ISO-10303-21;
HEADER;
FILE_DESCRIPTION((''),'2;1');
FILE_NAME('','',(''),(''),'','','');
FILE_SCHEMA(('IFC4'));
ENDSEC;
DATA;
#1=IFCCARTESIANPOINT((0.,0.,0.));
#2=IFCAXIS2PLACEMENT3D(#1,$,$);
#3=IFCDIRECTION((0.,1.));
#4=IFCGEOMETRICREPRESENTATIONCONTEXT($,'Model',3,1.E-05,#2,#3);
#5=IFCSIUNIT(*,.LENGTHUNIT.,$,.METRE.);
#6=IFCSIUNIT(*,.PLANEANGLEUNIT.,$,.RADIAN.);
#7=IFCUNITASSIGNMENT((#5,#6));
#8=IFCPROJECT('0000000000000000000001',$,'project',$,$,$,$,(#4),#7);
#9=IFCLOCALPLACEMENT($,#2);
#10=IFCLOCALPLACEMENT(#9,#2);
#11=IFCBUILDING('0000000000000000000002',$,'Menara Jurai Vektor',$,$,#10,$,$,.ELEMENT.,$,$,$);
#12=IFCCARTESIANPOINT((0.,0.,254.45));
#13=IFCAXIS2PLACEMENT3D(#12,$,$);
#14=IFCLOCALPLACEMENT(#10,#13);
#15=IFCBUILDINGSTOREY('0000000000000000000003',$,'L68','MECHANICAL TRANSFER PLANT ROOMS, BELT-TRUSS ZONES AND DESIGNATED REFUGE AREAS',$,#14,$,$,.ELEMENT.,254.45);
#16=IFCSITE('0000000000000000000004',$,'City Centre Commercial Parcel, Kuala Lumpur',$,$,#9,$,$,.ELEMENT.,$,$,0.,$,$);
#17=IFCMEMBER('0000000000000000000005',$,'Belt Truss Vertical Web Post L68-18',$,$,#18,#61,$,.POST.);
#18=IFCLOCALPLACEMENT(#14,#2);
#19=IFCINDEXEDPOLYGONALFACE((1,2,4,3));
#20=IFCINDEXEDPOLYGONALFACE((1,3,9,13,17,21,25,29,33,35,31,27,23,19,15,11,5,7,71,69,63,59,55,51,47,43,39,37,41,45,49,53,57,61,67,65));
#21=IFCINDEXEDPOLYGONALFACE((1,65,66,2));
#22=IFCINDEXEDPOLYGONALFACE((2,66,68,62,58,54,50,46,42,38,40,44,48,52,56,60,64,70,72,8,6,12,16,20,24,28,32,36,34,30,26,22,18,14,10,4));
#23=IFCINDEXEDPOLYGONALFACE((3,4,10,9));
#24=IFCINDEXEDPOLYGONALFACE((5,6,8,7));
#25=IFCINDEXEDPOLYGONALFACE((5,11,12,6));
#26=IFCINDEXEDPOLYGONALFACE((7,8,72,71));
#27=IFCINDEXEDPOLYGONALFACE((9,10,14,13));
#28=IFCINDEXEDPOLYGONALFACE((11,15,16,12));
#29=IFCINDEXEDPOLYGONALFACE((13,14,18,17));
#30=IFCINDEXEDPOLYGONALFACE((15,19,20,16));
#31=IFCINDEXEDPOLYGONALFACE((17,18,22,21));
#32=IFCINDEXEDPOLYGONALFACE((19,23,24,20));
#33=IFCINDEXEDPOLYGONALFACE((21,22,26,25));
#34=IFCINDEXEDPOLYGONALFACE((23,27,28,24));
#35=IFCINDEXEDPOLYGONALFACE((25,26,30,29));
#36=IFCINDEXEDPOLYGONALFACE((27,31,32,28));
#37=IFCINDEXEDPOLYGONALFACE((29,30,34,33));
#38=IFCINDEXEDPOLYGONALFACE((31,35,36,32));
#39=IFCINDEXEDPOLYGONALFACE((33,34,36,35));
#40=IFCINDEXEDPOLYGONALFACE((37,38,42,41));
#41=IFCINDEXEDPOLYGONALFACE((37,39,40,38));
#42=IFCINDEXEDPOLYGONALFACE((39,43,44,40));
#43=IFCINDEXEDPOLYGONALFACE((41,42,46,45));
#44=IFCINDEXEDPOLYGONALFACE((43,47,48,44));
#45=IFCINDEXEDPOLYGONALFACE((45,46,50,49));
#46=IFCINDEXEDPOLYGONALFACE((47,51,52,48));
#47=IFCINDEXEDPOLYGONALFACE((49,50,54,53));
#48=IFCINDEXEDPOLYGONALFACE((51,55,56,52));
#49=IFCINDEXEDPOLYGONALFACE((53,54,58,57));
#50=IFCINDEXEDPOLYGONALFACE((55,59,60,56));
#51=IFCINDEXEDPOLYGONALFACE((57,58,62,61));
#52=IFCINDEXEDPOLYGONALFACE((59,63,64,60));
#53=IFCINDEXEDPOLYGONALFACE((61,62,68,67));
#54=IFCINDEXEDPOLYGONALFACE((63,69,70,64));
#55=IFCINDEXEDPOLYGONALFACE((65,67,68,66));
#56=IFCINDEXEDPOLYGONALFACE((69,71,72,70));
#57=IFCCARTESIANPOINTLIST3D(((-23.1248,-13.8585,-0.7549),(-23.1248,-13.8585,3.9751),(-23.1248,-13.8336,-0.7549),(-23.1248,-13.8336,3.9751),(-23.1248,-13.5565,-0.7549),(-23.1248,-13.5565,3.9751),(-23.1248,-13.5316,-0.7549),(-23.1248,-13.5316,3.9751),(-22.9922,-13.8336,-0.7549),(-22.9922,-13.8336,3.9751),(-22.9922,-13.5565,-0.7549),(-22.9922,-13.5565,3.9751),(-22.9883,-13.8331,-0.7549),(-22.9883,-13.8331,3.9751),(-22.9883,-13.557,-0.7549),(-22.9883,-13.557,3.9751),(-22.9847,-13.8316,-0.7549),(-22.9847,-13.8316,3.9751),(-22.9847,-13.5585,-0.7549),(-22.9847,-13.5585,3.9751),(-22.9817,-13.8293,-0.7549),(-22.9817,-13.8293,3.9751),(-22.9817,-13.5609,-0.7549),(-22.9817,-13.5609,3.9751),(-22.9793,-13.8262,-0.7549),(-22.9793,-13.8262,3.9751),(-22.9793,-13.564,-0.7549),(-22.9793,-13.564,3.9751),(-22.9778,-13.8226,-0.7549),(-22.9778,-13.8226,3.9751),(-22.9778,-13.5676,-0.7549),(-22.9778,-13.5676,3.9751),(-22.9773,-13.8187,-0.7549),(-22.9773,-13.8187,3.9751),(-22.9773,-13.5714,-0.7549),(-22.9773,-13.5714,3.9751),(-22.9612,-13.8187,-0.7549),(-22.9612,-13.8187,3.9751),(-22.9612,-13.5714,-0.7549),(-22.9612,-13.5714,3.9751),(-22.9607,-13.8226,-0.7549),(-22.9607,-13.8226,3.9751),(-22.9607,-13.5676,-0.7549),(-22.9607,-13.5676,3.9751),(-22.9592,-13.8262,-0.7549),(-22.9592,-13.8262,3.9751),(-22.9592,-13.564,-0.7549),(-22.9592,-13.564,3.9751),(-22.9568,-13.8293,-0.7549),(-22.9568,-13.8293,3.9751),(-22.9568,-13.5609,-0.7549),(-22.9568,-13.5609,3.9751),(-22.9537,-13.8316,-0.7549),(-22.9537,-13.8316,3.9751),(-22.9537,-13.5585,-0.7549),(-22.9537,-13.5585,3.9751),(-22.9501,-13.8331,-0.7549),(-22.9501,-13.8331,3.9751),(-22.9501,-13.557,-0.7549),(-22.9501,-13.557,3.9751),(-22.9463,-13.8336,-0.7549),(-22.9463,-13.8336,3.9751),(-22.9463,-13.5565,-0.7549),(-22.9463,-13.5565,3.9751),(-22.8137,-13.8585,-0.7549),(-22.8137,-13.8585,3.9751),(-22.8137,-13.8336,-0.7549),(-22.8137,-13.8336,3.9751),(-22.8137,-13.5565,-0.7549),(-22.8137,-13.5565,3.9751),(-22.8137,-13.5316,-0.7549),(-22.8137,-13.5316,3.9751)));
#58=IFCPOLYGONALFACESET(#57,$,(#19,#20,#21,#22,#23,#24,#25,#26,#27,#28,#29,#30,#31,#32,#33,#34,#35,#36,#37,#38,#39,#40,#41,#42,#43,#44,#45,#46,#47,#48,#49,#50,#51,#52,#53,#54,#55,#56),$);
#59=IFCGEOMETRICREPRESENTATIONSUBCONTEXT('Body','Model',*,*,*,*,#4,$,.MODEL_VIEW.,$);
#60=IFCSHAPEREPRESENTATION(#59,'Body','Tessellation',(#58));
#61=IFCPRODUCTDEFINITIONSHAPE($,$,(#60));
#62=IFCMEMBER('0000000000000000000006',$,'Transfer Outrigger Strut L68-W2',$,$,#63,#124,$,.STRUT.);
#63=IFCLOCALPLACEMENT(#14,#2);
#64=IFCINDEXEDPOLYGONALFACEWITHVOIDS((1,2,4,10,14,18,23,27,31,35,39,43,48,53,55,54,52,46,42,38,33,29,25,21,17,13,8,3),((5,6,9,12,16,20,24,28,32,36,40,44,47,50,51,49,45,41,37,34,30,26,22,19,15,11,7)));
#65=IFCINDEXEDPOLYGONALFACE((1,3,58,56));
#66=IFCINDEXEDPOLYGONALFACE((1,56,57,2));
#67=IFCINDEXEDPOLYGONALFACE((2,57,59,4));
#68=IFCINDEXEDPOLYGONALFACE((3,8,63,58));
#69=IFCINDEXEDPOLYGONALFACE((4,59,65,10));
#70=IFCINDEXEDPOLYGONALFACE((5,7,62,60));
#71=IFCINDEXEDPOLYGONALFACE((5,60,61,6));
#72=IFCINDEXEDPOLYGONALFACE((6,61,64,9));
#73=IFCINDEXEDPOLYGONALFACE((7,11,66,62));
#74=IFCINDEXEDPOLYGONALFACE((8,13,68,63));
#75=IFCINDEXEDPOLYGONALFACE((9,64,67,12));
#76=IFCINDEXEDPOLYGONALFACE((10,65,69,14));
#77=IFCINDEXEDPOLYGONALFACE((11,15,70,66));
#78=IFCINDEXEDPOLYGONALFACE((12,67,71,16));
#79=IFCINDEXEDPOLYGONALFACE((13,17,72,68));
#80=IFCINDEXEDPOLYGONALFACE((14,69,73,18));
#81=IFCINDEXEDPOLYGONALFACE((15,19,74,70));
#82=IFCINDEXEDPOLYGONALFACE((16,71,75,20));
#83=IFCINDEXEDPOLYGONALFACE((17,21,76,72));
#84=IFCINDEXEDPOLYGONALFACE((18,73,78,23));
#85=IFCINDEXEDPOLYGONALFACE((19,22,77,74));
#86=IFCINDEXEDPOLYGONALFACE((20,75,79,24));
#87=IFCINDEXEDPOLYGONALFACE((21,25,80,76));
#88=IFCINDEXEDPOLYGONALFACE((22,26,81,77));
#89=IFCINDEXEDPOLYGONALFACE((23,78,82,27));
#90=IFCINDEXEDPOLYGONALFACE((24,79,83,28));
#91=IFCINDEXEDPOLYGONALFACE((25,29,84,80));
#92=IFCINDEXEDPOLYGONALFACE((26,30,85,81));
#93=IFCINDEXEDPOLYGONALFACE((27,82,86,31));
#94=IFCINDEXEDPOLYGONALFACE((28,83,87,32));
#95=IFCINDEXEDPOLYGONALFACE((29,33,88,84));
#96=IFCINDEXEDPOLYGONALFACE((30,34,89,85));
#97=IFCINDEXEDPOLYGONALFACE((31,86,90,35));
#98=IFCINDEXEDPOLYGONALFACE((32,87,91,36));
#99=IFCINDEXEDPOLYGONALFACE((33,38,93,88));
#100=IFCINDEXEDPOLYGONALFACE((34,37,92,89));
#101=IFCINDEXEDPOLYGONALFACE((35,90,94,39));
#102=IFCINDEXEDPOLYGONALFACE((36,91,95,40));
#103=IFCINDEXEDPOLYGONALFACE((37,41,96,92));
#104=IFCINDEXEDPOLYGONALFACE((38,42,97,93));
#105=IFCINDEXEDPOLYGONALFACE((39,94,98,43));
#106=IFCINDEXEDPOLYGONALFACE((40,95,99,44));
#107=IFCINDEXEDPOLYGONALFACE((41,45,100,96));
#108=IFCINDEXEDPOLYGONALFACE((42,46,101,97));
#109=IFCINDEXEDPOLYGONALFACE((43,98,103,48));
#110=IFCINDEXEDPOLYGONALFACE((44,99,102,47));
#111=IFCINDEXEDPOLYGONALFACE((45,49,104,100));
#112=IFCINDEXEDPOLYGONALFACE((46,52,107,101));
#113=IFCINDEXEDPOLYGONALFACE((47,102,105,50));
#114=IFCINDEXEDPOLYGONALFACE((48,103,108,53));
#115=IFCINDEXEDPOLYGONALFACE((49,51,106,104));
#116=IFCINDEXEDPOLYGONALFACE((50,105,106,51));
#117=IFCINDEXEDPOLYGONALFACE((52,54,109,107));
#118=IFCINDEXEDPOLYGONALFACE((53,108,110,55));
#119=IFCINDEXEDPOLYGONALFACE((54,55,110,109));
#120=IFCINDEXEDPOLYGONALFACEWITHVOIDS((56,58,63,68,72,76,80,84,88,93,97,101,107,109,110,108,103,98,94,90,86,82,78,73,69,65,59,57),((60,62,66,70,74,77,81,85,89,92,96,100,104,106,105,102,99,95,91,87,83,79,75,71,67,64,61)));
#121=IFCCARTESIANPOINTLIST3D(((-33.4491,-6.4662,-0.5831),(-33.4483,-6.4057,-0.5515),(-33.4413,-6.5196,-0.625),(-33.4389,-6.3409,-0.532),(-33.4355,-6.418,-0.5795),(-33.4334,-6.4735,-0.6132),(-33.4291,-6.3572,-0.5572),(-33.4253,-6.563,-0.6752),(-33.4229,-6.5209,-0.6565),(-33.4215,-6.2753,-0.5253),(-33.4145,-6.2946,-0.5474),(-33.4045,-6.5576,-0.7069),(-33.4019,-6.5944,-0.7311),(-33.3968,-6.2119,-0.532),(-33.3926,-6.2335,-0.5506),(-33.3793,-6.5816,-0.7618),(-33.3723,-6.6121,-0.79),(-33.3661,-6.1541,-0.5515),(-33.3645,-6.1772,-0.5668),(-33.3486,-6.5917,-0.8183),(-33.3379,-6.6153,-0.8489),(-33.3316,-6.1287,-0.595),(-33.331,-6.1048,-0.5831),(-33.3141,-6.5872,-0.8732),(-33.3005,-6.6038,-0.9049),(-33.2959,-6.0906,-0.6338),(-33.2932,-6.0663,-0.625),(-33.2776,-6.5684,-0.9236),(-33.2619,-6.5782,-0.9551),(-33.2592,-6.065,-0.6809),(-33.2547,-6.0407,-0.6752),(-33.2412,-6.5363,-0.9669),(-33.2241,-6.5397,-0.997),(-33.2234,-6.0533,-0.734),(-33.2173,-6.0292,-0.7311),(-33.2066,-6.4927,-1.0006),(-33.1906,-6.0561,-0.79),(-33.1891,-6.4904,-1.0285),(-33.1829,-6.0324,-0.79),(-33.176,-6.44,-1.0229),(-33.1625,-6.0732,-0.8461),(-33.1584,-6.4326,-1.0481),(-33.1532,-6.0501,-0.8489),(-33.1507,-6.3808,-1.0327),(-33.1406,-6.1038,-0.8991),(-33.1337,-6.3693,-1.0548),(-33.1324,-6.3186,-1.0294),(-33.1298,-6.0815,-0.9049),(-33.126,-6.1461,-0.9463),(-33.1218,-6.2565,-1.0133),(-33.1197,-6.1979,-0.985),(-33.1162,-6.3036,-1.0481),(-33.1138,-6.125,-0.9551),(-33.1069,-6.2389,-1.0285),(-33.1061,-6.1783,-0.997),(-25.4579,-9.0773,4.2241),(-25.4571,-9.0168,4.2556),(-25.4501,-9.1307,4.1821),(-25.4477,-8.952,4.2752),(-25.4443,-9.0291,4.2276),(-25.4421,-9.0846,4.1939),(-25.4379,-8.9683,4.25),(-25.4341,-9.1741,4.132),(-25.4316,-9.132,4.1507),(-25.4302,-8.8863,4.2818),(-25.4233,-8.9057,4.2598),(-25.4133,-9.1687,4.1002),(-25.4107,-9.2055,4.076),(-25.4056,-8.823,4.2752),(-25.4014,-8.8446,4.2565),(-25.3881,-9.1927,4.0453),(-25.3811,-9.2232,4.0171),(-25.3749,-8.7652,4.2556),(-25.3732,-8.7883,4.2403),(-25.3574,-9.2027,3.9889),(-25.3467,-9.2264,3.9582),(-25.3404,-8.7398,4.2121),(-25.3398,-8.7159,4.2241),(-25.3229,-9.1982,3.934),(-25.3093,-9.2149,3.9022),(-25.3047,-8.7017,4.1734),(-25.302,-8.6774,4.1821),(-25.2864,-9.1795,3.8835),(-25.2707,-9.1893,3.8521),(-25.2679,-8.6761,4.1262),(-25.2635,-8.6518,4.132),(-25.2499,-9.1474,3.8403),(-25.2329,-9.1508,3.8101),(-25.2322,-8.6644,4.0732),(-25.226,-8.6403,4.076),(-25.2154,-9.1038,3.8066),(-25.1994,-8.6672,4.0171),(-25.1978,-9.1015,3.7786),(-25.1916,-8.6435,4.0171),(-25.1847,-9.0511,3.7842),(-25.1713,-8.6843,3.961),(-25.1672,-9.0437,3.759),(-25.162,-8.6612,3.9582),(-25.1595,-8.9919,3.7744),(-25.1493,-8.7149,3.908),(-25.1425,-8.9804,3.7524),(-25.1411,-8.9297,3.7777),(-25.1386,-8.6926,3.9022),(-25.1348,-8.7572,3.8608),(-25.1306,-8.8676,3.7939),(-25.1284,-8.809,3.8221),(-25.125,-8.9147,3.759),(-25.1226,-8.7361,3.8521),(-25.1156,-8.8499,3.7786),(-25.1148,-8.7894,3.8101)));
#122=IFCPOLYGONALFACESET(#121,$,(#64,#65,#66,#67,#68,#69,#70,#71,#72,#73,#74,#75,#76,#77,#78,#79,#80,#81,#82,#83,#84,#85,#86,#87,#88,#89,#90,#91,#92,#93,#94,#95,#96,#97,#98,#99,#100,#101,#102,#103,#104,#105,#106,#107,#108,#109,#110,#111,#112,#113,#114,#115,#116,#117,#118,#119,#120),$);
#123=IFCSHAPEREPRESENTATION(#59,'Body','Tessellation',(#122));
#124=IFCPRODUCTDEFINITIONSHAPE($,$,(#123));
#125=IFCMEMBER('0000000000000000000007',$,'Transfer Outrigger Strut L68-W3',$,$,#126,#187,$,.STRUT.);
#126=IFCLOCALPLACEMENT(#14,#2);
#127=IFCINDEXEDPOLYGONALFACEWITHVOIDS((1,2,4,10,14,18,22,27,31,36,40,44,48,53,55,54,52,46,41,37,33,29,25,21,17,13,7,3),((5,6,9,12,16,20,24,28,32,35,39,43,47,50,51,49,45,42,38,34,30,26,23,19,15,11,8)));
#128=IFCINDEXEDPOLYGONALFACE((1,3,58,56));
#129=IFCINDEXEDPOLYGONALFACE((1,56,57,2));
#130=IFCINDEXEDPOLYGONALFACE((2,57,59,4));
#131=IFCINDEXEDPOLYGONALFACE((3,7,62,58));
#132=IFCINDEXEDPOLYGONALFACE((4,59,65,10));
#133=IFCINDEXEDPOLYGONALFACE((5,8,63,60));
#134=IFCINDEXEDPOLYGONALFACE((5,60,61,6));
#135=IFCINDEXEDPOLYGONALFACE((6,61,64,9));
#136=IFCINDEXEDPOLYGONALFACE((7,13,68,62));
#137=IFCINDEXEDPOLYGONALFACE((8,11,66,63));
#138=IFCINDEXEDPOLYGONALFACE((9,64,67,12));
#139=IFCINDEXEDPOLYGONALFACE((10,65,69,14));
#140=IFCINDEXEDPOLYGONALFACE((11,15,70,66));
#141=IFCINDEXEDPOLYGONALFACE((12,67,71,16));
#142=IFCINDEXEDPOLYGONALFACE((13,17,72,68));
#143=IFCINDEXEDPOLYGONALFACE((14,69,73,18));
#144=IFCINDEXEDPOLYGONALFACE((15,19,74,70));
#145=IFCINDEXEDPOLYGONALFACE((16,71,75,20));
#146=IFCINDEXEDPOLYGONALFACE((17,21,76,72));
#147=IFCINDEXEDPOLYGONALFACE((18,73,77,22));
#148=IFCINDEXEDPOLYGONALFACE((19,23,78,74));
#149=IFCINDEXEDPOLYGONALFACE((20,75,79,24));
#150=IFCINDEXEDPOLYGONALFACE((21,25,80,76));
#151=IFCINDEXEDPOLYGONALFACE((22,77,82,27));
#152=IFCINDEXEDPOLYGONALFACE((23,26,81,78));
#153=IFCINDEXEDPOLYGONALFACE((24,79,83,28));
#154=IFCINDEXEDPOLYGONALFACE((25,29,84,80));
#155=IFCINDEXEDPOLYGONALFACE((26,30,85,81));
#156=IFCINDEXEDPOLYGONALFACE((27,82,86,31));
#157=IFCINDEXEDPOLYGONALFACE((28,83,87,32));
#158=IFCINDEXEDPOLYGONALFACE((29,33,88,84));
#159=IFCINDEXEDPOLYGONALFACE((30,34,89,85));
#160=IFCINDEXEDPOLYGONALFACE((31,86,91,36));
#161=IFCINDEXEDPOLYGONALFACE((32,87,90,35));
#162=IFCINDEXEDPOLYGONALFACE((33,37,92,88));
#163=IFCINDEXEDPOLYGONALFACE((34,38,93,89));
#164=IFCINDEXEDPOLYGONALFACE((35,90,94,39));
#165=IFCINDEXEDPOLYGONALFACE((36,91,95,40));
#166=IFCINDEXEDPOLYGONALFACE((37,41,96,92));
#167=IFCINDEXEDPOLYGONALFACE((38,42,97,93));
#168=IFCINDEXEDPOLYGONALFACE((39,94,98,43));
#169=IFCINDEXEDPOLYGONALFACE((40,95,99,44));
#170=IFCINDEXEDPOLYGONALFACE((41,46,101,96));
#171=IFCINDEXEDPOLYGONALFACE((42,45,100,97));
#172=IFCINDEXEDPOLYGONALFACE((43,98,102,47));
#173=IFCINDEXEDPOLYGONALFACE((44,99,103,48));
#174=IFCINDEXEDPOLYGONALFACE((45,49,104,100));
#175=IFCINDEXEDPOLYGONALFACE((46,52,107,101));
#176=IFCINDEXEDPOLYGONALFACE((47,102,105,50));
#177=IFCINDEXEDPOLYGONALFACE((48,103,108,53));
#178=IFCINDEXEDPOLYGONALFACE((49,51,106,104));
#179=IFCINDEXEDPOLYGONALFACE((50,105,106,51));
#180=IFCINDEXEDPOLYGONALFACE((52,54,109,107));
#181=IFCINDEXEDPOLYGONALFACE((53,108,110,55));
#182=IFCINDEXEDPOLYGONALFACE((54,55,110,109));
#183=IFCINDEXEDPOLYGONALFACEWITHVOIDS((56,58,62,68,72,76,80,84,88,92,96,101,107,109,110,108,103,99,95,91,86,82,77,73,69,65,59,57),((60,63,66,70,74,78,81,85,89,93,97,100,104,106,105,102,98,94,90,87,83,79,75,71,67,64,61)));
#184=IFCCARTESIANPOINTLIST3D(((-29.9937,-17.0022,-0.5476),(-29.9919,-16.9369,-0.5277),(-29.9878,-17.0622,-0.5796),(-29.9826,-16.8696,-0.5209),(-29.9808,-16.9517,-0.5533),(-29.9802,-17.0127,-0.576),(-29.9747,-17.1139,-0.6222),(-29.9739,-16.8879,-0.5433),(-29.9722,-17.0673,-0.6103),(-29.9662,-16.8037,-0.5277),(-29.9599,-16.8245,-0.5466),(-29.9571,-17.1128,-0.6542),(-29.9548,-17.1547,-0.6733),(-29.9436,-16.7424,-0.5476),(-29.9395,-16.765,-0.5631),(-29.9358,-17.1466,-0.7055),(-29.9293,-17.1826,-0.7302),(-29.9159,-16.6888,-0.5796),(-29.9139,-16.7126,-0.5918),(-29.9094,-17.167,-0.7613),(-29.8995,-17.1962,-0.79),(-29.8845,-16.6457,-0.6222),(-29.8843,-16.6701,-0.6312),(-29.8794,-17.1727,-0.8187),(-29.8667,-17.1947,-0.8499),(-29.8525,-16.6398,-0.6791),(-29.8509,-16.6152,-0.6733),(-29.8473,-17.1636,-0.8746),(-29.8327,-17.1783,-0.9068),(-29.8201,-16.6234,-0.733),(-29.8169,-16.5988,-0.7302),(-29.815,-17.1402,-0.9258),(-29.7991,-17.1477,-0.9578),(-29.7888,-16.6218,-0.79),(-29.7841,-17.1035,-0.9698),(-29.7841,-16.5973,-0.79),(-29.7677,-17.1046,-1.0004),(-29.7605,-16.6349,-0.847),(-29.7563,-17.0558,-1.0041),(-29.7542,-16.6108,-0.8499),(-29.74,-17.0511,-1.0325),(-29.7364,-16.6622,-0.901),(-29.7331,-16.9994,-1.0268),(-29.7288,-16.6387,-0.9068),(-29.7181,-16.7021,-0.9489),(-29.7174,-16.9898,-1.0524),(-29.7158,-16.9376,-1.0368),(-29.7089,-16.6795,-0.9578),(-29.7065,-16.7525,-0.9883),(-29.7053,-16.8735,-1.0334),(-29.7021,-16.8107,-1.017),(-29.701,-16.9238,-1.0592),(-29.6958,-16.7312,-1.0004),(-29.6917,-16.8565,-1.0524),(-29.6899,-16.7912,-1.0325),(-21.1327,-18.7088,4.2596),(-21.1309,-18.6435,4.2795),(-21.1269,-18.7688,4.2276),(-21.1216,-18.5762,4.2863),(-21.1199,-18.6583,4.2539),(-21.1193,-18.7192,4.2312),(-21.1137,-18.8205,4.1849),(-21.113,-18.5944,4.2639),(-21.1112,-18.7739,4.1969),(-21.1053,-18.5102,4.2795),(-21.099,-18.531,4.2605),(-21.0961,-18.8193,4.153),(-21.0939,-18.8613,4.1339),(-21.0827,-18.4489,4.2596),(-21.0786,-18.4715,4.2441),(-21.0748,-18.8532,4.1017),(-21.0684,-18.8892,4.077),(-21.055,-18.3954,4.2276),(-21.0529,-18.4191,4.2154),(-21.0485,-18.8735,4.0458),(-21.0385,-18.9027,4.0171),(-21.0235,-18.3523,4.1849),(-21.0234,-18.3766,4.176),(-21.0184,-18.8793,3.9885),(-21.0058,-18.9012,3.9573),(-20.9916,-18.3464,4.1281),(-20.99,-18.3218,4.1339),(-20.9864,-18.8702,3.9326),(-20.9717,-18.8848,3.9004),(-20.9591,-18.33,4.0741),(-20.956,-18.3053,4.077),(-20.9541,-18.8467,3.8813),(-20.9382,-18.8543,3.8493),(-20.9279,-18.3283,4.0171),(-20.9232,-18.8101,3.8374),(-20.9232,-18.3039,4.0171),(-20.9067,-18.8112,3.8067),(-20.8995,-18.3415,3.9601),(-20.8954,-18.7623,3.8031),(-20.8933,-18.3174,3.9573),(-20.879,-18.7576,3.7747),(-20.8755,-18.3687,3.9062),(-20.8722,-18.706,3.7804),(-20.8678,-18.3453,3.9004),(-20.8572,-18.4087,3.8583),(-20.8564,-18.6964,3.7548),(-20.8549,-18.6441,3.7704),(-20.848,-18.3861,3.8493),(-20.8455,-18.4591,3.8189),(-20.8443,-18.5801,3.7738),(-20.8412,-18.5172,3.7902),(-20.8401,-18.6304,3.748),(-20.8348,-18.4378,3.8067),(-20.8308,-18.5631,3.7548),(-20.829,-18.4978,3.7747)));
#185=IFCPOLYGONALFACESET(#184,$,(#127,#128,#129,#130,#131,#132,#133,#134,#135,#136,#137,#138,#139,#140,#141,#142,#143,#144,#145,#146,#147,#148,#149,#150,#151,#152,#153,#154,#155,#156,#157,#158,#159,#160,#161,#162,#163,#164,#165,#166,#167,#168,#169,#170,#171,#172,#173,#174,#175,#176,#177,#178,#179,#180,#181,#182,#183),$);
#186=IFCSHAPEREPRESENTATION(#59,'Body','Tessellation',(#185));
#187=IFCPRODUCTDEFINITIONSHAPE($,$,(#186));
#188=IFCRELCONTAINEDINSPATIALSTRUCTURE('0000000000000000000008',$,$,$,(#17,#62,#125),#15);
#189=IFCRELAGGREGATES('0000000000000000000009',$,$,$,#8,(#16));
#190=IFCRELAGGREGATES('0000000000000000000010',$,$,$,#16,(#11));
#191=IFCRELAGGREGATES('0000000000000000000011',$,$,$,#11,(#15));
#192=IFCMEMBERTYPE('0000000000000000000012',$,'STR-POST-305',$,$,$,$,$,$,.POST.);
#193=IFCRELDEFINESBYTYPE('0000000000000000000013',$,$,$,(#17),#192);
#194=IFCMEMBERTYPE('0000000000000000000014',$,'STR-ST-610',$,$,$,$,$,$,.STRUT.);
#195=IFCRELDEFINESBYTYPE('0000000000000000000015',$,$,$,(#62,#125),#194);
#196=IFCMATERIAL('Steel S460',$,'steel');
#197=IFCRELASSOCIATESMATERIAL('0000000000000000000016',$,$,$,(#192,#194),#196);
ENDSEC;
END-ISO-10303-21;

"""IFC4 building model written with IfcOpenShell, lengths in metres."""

from ifc_helpers import new_model, si_unit, direction, frame, origin, origin_2d, place, context, subcontext, project, spatial, hollow_circle, i_section, extrude, material, material_profile, profile_set, type_object, element, save


model = new_model("IFC4")

# Units and contexts
model_context = context("Model", 3, precision=1e-05, world=origin(), true_north=direction((0.0, 1.0)))
body_context = subcontext(model_context, "Body", "Model", "MODEL_VIEW")
ifc_project = project(units=[si_unit("LENGTHUNIT", "METRE"), si_unit("PLANEANGLEUNIT", "RADIAN")], contexts=[model_context])

# Site, building, storey
site_placement = place(None, origin())
site = spatial("IfcSite", under=ifc_project, at=site_placement, Name="City Centre Commercial Parcel, Kuala Lumpur", CompositionType="ELEMENT", RefElevation=0.0)
building_placement = place(site_placement, origin())
building = spatial("IfcBuilding", under=site, at=building_placement, Name="Menara Jurai Vektor", CompositionType="ELEMENT")
storey_placement = place(building_placement, frame((0.0, 0.0, 254.45)))
storey = spatial("IfcBuildingStorey", under=building, at=storey_placement, Name="L68", Description="MECHANICAL TRANSFER PLANT ROOMS, BELT-TRUSS ZONES AND DESIGNATED REFUGE AREAS", CompositionType="ELEMENT", Elevation=254.45)

# Shared definitions
ifc_material_1 = material(Name="Steel S460", Category="steel")

# Members
ifc_material_profile_1 = material_profile(ifc_material_1, i_section(OverallWidth=0.311, OverallDepth=0.3269, WebThickness=0.0161, FlangeThickness=0.0249, FilletRadius=0.0149, at=origin_2d()), Name="UKC 305x305x158")
ifc_profile_set_1 = profile_set([ifc_material_profile_1], Name="Steel S460")
member_type_1 = type_object("IfcMemberType", Name="STR-POST-305", PredefinedType="POST", material=ifc_profile_set_1)
for number, where, z_axis, x_axis, name in (
    (1, (-22.9692, -13.6951, -0.7549), (0.0, 0.0, 1.0), (1.0, 0.0, 0.0), "Belt Truss Vertical Web Post L68-18"),
):
    element("IfcMember", number, at=place(storey_placement, frame(where, z_axis=z_axis, x_axis=x_axis)), inside=storey, type_object=member_type_1, Name=name, PredefinedType="POST", context=body_context, shape_type="SweptSolid", body=[
        extrude(i_section(OverallWidth=0.311, OverallDepth=0.3269, WebThickness=0.0161, FlangeThickness=0.0249, FilletRadius=0.0149, at=origin_2d()), origin(), (0.0, 0.0, 1.0), 4.73),
    ])
ifc_material_profile_2 = material_profile(ifc_material_1, hollow_circle(Radius=0.3049, WallThickness=0.0249, at=origin_2d()), Name="CHS 610x25")
ifc_profile_set_2 = profile_set([ifc_material_profile_2], Name="Steel S460")
member_type_2 = type_object("IfcMemberType", Name="STR-ST-610", PredefinedType="STRUT", material=ifc_profile_set_2)
member_1_placement = place(storey_placement, frame((-33.2776, -6.3223, -0.79), z_axis=(0.825172, -0.26962, 0.496384), x_axis=(0.310585, 0.950545, 0.0)))
element("IfcMember", 2, at=member_1_placement, inside=storey, type_object=member_type_2, Name="Transfer Outrigger Strut L68-W2", PredefinedType="STRUT", context=body_context, shape_type="SweptSolid", body=[
    extrude(hollow_circle(Radius=0.3049, WallThickness=0.0249, at=origin_2d()), origin(), (0.0, 0.0, 1.0), 9.6843),
])
member_2_placement = place(storey_placement, frame((-29.8418, -16.8967, -0.79), z_axis=(0.866649, -0.166911, 0.470169), x_axis=(0.189118, 0.981954, 0.0)))
element("IfcMember", 3, at=member_2_placement, inside=storey, type_object=member_type_2, Name="Transfer Outrigger Strut L68-W3", PredefinedType="STRUT", context=body_context, shape_type="SweptSolid", body=[
    extrude(hollow_circle(Radius=0.3049, WallThickness=0.0249, at=origin_2d()), origin(), (0.0, 0.0, 1.0), 10.2244),
])

save(model, "model.ifc")
